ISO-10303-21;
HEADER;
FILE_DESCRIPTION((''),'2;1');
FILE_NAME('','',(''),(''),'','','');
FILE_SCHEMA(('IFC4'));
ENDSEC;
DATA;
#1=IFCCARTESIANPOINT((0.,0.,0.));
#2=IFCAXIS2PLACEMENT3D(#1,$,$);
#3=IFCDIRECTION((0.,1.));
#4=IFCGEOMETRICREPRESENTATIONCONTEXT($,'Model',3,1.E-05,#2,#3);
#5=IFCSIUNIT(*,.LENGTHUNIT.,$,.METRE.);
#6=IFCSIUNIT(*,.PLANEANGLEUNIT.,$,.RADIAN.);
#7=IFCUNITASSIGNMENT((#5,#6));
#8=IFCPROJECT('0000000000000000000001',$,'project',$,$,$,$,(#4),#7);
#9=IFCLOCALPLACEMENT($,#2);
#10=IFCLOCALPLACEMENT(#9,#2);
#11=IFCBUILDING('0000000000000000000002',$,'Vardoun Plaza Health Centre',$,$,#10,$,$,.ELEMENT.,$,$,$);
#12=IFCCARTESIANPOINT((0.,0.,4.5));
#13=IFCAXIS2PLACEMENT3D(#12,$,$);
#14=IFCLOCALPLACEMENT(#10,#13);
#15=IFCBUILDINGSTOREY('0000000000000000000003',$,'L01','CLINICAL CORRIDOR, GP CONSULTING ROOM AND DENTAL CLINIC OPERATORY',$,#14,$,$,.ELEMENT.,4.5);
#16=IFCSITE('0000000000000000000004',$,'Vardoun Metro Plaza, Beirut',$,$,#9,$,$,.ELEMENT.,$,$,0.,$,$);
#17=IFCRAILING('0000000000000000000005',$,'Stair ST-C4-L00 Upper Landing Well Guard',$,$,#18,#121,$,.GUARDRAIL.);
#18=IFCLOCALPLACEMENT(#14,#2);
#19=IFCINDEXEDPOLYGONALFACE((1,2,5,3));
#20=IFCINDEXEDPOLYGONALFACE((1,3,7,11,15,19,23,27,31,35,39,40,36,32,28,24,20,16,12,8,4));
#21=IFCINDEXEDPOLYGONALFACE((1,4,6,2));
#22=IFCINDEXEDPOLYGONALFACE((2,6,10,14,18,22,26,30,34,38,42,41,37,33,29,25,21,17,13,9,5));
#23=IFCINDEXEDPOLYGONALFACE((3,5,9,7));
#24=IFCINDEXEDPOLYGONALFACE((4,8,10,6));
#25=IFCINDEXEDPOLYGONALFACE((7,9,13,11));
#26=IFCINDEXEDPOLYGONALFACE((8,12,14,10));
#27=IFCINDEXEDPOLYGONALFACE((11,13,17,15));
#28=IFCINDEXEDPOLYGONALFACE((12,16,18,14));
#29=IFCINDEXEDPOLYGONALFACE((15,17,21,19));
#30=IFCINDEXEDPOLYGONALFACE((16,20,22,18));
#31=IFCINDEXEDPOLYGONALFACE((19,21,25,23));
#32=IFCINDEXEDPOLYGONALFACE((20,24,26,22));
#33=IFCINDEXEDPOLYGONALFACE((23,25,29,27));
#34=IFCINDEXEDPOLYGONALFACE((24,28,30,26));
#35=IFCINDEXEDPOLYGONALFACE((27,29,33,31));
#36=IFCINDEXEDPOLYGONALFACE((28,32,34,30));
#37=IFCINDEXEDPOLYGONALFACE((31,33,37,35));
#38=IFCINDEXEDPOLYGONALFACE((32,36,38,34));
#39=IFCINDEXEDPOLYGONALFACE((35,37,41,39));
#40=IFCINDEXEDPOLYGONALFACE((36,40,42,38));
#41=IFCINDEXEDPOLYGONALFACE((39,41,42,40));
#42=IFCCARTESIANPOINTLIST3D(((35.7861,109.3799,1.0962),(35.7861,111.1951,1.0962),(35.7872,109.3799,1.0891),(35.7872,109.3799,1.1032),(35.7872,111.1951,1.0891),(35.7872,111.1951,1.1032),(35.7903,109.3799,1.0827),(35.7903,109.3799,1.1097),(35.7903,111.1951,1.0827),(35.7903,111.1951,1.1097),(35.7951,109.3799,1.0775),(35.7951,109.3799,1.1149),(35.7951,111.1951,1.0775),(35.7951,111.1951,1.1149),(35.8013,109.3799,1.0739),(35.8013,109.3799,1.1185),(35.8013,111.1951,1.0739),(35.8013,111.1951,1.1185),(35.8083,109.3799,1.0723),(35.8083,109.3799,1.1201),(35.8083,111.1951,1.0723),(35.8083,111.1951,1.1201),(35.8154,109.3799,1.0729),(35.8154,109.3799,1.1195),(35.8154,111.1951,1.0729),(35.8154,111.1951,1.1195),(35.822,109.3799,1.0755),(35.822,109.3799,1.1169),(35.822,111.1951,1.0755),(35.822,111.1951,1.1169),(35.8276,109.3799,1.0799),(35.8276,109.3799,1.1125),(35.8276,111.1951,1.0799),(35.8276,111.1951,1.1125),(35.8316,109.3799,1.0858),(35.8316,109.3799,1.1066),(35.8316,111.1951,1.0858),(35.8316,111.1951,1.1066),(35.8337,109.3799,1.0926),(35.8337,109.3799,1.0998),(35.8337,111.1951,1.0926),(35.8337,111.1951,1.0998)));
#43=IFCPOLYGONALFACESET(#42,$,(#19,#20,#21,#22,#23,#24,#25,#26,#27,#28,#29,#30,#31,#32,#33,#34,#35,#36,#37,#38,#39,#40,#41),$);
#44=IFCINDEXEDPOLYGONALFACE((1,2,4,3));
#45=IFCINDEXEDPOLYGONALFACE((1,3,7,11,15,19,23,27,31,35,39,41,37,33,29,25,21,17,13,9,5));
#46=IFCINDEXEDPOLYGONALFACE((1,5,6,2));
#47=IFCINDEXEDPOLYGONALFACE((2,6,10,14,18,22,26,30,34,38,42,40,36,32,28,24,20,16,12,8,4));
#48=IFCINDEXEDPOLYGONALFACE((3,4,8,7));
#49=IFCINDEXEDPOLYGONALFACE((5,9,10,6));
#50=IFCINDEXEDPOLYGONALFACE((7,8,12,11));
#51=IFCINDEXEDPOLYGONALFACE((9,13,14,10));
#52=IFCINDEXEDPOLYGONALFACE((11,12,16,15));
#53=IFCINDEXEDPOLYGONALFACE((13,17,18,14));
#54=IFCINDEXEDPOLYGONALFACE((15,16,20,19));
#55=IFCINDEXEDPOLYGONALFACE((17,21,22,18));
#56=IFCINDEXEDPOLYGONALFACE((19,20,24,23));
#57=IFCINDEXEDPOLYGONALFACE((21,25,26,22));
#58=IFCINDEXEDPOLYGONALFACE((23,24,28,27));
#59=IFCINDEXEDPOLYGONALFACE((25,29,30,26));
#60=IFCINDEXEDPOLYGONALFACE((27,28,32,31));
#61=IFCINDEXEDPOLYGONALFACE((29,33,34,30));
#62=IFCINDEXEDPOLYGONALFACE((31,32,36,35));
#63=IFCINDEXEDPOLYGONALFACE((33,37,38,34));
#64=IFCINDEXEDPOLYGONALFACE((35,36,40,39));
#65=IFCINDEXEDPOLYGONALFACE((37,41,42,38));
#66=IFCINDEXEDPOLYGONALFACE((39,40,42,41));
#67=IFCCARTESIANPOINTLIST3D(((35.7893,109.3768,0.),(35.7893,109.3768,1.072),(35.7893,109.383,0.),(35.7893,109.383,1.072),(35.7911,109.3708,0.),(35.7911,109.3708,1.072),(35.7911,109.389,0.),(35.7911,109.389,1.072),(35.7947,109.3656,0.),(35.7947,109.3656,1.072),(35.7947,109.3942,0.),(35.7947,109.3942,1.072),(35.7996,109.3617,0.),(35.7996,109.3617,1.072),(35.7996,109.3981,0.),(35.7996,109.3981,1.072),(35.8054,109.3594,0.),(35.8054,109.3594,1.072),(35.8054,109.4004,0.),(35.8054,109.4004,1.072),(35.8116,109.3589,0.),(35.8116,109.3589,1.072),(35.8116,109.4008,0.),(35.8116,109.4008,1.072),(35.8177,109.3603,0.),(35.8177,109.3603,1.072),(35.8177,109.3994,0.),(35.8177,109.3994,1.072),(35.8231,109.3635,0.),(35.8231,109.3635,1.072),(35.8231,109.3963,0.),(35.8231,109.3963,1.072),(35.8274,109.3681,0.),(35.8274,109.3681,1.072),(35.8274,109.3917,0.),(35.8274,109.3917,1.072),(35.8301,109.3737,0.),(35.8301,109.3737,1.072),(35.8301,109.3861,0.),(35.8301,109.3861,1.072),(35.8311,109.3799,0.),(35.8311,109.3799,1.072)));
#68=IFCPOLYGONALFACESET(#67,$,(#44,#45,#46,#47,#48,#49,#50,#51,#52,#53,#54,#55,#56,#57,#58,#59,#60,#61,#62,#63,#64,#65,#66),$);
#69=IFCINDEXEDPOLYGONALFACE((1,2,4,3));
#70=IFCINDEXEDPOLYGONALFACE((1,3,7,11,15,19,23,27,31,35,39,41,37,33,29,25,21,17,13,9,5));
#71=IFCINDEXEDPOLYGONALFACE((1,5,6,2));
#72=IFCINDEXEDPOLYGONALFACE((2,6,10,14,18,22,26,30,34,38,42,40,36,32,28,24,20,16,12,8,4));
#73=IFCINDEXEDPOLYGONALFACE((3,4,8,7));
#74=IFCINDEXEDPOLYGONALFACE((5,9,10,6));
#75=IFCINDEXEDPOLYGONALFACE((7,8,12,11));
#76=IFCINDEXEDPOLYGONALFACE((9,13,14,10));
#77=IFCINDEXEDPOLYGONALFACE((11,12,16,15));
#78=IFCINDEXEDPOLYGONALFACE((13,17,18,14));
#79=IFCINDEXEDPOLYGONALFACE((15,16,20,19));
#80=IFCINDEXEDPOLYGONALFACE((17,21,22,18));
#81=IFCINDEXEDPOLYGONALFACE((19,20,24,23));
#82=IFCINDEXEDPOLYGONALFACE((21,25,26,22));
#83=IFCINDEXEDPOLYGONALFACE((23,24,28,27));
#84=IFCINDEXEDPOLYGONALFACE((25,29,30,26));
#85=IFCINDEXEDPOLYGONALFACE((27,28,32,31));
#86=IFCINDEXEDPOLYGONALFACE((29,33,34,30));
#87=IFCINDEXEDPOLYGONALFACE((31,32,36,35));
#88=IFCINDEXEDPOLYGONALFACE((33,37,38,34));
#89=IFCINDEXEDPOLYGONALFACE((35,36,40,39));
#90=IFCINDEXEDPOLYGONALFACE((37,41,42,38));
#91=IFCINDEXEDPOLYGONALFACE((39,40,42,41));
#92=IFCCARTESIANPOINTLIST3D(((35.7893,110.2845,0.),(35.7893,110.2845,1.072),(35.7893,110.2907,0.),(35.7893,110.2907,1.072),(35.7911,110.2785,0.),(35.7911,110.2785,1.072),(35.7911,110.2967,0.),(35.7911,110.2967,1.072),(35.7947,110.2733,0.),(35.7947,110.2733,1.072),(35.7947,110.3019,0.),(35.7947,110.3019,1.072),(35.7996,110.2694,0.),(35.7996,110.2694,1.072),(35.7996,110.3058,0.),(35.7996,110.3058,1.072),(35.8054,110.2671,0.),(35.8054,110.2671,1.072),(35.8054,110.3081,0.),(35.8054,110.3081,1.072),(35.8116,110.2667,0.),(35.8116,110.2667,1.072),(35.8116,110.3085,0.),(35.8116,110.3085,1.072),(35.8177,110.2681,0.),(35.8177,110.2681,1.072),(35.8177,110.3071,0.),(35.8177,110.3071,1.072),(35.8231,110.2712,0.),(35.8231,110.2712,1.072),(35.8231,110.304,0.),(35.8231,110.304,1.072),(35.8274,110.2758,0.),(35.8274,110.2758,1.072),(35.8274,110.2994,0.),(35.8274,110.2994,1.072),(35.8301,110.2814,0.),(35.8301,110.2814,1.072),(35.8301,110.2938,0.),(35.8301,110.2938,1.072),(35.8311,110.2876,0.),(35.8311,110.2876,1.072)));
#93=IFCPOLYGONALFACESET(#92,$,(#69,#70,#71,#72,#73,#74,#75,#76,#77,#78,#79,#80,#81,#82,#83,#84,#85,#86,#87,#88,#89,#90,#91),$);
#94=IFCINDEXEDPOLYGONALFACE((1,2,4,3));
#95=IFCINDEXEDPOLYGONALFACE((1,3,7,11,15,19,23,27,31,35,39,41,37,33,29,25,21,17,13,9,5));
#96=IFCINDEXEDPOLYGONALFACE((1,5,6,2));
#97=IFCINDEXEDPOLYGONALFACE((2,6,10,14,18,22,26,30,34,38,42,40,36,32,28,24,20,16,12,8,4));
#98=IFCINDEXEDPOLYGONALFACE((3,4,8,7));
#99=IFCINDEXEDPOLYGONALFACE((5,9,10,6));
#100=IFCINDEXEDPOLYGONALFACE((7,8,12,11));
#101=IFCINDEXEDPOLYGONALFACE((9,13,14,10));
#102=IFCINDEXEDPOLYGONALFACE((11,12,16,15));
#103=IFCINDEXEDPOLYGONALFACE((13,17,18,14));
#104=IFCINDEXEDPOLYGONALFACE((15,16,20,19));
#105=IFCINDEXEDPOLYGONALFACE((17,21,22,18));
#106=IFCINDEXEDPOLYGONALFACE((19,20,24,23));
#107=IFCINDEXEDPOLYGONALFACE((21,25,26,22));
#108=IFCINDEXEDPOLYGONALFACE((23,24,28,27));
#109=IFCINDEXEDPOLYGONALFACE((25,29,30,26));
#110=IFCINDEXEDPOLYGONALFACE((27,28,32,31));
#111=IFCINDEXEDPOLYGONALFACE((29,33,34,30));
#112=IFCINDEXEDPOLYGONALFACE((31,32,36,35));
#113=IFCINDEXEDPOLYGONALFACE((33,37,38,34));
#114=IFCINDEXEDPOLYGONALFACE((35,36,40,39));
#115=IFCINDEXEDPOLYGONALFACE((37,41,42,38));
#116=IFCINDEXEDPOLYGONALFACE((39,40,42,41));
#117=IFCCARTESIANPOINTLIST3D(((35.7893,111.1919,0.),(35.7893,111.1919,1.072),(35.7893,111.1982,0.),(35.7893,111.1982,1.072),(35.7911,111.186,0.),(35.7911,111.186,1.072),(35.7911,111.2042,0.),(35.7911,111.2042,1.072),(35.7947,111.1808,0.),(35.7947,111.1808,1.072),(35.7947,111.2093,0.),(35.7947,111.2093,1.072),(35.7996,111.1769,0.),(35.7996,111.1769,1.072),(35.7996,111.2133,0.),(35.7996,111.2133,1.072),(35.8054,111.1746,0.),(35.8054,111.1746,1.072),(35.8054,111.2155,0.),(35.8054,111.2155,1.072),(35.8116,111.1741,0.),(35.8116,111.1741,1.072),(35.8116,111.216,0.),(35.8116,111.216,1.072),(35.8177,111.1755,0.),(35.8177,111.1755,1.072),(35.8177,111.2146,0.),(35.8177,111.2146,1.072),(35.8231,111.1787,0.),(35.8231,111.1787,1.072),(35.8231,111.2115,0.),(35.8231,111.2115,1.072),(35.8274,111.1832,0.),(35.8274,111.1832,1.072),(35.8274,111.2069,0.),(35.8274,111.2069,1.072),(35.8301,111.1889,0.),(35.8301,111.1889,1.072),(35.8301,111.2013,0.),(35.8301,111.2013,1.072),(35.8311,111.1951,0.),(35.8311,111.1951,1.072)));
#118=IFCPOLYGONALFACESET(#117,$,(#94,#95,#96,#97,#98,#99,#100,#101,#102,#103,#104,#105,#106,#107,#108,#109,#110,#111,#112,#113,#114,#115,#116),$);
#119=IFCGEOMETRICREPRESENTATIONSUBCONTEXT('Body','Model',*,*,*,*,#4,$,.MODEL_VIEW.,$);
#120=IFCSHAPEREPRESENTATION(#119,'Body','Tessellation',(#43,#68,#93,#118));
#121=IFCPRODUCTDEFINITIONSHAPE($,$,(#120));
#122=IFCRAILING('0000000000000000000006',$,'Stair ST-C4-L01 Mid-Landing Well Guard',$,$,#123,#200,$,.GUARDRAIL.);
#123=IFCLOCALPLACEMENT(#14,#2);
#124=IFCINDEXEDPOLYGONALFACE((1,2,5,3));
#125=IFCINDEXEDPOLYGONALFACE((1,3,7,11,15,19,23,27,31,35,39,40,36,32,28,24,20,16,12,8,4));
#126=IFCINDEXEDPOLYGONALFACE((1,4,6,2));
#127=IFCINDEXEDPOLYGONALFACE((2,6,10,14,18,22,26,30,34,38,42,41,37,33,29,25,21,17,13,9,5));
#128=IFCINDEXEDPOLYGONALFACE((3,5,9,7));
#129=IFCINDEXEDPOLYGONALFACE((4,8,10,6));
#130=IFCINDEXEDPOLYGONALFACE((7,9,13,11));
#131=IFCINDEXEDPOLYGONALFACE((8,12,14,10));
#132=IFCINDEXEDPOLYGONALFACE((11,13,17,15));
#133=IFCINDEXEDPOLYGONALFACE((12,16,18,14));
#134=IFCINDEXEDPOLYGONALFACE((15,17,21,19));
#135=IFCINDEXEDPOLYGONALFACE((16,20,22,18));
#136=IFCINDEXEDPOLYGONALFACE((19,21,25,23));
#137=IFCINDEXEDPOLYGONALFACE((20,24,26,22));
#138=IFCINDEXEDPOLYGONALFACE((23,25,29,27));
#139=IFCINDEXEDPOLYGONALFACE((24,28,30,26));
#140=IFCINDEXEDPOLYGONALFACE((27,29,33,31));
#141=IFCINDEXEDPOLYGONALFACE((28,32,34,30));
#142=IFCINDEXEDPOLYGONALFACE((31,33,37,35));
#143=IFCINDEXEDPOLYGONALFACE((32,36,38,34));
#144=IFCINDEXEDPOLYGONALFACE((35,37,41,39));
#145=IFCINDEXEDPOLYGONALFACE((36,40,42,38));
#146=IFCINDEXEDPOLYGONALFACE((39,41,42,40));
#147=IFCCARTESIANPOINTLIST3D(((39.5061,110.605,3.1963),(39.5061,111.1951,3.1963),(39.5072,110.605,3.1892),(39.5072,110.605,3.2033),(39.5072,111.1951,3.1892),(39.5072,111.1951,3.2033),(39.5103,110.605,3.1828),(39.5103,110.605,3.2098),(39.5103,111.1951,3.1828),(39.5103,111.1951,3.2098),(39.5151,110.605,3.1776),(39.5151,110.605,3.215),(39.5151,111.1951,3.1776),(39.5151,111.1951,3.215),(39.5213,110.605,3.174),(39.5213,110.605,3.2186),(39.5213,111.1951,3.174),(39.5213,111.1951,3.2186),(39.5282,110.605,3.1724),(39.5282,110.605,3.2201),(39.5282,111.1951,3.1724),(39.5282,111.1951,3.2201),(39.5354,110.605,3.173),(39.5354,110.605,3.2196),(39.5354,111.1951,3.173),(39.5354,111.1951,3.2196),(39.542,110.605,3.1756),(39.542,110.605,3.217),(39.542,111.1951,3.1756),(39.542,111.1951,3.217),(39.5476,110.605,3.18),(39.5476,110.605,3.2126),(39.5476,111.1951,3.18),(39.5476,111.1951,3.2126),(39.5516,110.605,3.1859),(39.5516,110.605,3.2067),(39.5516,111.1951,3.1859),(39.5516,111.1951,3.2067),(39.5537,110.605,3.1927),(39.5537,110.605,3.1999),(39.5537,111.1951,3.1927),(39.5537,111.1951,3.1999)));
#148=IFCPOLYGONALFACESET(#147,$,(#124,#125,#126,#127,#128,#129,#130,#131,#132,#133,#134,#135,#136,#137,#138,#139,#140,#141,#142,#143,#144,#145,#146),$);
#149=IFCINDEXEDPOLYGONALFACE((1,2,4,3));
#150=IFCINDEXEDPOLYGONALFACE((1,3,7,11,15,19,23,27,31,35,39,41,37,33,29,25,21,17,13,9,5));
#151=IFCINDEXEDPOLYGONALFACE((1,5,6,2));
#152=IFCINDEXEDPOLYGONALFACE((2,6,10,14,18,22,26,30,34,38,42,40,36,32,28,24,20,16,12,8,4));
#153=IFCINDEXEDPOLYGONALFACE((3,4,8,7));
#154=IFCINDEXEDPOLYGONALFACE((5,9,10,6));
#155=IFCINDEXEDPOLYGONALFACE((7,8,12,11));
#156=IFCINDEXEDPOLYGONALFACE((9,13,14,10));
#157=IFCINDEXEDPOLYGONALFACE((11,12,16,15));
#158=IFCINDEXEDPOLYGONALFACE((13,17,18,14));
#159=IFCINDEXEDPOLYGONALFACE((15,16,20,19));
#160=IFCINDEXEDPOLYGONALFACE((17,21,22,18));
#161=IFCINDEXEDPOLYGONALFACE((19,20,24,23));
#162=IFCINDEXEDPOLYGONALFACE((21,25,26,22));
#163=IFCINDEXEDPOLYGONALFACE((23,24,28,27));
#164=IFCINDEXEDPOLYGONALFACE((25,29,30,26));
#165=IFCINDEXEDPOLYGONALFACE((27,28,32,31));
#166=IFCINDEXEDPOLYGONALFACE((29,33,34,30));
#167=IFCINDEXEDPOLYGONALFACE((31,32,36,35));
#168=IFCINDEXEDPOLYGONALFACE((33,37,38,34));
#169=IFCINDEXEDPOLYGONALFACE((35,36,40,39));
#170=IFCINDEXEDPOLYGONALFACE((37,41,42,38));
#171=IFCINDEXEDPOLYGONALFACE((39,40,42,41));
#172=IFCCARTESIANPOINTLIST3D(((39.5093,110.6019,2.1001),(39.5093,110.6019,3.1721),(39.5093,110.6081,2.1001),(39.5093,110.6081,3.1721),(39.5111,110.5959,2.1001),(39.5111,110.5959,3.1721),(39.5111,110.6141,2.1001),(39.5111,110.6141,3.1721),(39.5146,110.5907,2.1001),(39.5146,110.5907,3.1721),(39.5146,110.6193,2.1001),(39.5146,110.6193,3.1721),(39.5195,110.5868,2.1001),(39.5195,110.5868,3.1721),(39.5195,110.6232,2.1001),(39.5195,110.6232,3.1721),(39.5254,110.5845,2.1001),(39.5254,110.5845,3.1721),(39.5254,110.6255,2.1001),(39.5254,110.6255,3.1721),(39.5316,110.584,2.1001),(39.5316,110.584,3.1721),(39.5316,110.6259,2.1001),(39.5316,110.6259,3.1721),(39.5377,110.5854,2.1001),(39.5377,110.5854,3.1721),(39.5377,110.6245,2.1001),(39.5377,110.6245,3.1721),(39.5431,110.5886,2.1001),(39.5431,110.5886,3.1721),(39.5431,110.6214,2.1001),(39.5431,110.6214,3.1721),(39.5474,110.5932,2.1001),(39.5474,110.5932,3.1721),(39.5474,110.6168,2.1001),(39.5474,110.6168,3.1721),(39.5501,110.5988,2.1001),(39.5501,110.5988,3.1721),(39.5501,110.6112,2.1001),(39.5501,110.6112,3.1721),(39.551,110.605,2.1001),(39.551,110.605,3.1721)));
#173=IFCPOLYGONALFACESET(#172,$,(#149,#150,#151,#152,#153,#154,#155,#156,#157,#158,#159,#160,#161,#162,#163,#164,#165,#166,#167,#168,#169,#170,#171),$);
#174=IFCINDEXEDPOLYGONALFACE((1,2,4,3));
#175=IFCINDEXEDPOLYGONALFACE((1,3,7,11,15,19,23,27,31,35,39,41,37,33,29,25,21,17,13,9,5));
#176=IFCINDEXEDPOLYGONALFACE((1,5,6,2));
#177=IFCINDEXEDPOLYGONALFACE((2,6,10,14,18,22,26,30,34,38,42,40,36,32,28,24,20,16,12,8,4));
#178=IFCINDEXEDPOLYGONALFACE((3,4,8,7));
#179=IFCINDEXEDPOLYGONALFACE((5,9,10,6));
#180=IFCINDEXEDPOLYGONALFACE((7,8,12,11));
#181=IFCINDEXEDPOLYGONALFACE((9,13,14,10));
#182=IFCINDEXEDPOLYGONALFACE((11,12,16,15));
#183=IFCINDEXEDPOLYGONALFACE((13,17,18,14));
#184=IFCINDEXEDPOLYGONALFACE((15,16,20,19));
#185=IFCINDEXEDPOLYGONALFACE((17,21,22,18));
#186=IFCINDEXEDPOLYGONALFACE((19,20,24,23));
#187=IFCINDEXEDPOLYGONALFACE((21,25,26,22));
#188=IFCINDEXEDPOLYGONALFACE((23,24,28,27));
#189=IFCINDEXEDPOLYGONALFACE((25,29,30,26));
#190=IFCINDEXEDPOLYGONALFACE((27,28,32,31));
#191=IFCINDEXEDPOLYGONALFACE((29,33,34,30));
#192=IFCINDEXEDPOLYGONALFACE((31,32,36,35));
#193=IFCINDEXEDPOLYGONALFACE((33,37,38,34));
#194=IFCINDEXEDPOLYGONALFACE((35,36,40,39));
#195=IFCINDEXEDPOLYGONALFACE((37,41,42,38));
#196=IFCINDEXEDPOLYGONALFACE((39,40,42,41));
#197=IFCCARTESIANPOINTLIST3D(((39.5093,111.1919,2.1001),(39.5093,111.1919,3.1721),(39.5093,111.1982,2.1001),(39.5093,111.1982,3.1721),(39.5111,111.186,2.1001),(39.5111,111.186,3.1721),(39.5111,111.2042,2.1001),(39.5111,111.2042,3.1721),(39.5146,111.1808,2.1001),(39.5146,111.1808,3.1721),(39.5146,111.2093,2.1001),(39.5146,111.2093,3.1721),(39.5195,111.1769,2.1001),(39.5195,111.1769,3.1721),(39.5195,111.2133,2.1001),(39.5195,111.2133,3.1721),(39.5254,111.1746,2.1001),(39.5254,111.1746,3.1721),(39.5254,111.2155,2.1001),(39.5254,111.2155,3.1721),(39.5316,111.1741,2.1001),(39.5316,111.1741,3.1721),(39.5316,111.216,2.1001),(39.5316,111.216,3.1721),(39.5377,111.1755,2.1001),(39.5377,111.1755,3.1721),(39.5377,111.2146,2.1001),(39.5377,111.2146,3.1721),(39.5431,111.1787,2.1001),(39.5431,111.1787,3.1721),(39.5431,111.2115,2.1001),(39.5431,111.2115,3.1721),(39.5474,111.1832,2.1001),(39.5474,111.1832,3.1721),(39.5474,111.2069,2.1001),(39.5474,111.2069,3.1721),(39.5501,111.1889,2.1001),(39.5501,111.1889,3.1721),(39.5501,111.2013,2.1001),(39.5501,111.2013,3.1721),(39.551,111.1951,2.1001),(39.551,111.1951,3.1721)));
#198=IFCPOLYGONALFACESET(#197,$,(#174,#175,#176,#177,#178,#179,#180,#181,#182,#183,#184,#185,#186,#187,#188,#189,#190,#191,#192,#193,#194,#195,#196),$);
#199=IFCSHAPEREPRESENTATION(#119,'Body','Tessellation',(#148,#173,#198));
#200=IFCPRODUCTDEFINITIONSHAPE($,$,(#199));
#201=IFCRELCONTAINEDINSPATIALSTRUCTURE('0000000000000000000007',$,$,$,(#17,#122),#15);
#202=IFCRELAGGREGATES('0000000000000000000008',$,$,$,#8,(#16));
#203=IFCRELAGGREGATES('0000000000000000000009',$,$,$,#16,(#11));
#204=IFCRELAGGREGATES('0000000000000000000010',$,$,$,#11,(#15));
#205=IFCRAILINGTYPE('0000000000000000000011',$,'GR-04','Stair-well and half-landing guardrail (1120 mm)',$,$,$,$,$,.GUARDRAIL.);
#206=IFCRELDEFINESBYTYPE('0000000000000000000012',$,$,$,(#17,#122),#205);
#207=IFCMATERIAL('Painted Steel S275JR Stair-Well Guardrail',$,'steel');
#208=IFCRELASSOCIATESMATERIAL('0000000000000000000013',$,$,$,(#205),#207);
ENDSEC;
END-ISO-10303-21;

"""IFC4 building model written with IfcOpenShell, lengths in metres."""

from ifc_helpers import new_model, si_unit, direction, frame, origin, origin_2d, place, context, subcontext, project, spatial, circle, extrude, material, type_object, element, save


model = new_model("IFC4")

# Units and contexts
model_context = context("Model", 3, precision=1e-05, world=origin(), true_north=direction((0.0, 1.0)))
body_context = subcontext(model_context, "Body", "Model", "MODEL_VIEW")
ifc_project = project(units=[si_unit("LENGTHUNIT", "METRE"), si_unit("PLANEANGLEUNIT", "RADIAN")], contexts=[model_context])

# Site, building, storey
site_placement = place(None, origin())
site = spatial("IfcSite", under=ifc_project, at=site_placement, Name="Vardoun Metro Plaza, Beirut", CompositionType="ELEMENT", RefElevation=0.0)
building_placement = place(site_placement, origin())
building = spatial("IfcBuilding", under=site, at=building_placement, Name="Vardoun Plaza Health Centre", CompositionType="ELEMENT")
storey_placement = place(building_placement, frame((0.0, 0.0, 4.5)))
storey = spatial("IfcBuildingStorey", under=building, at=storey_placement, Name="L01", Description="CLINICAL CORRIDOR, GP CONSULTING ROOM AND DENTAL CLINIC OPERATORY", CompositionType="ELEMENT", Elevation=4.5)

# Railings
ifc_material_1 = material(Name="Painted Steel S275JR Stair-Well Guardrail", Category="steel")
railing_type_1 = type_object("IfcRailingType", Name="GR-04", Description="Stair-well and half-landing guardrail (1120 mm)", PredefinedType="GUARDRAIL", material=ifc_material_1)
railing_1_placement = place(storey_placement, frame((35.8101, 109.3799, 0.0)))
element("IfcRailing", 1, at=railing_1_placement, inside=storey, type_object=railing_type_1, Name="Stair ST-C4-L00 Upper Landing Well Guard", PredefinedType="GUARDRAIL", context=body_context, shape_type="SweptSolid", body=[
    extrude(circle(Radius=0.0239, at=origin_2d()), frame((0.0, 0.0, 1.0962), z_axis=(0.0, 1.0, 0.0), x_axis=(-1.0, 0.0, 0.0)), (0.0, 0.0, 1.0), 1.8152),
    extrude(circle(Radius=0.021, at=origin_2d()), origin(), (0.0, 0.0, 1.0), 1.072),
    extrude(circle(Radius=0.021, at=origin_2d()), frame((0.0, 0.9077, 0.0)), (0.0, 0.0, 1.0), 1.072),
    extrude(circle(Radius=0.021, at=origin_2d()), frame((0.0, 1.8152, 0.0)), (0.0, 0.0, 1.0), 1.072),
])
railing_2_placement = place(storey_placement, frame((39.53, 110.605, 2.1001)))
element("IfcRailing", 2, at=railing_2_placement, inside=storey, type_object=railing_type_1, Name="Stair ST-C4-L01 Mid-Landing Well Guard", PredefinedType="GUARDRAIL", context=body_context, shape_type="SweptSolid", body=[
    extrude(circle(Radius=0.0239, at=origin_2d()), frame((0.0, 0.0, 1.0962), z_axis=(0.0, 1.0, 0.0), x_axis=(-1.0, 0.0, 0.0)), (0.0, 0.0, 1.0), 0.5901),
    extrude(circle(Radius=0.021, at=origin_2d()), origin(), (0.0, 0.0, 1.0), 1.072),
    extrude(circle(Radius=0.021, at=origin_2d()), frame((0.0, 0.5901, 0.0)), (0.0, 0.0, 1.0), 1.072),
])

save(model, "model.ifc")
